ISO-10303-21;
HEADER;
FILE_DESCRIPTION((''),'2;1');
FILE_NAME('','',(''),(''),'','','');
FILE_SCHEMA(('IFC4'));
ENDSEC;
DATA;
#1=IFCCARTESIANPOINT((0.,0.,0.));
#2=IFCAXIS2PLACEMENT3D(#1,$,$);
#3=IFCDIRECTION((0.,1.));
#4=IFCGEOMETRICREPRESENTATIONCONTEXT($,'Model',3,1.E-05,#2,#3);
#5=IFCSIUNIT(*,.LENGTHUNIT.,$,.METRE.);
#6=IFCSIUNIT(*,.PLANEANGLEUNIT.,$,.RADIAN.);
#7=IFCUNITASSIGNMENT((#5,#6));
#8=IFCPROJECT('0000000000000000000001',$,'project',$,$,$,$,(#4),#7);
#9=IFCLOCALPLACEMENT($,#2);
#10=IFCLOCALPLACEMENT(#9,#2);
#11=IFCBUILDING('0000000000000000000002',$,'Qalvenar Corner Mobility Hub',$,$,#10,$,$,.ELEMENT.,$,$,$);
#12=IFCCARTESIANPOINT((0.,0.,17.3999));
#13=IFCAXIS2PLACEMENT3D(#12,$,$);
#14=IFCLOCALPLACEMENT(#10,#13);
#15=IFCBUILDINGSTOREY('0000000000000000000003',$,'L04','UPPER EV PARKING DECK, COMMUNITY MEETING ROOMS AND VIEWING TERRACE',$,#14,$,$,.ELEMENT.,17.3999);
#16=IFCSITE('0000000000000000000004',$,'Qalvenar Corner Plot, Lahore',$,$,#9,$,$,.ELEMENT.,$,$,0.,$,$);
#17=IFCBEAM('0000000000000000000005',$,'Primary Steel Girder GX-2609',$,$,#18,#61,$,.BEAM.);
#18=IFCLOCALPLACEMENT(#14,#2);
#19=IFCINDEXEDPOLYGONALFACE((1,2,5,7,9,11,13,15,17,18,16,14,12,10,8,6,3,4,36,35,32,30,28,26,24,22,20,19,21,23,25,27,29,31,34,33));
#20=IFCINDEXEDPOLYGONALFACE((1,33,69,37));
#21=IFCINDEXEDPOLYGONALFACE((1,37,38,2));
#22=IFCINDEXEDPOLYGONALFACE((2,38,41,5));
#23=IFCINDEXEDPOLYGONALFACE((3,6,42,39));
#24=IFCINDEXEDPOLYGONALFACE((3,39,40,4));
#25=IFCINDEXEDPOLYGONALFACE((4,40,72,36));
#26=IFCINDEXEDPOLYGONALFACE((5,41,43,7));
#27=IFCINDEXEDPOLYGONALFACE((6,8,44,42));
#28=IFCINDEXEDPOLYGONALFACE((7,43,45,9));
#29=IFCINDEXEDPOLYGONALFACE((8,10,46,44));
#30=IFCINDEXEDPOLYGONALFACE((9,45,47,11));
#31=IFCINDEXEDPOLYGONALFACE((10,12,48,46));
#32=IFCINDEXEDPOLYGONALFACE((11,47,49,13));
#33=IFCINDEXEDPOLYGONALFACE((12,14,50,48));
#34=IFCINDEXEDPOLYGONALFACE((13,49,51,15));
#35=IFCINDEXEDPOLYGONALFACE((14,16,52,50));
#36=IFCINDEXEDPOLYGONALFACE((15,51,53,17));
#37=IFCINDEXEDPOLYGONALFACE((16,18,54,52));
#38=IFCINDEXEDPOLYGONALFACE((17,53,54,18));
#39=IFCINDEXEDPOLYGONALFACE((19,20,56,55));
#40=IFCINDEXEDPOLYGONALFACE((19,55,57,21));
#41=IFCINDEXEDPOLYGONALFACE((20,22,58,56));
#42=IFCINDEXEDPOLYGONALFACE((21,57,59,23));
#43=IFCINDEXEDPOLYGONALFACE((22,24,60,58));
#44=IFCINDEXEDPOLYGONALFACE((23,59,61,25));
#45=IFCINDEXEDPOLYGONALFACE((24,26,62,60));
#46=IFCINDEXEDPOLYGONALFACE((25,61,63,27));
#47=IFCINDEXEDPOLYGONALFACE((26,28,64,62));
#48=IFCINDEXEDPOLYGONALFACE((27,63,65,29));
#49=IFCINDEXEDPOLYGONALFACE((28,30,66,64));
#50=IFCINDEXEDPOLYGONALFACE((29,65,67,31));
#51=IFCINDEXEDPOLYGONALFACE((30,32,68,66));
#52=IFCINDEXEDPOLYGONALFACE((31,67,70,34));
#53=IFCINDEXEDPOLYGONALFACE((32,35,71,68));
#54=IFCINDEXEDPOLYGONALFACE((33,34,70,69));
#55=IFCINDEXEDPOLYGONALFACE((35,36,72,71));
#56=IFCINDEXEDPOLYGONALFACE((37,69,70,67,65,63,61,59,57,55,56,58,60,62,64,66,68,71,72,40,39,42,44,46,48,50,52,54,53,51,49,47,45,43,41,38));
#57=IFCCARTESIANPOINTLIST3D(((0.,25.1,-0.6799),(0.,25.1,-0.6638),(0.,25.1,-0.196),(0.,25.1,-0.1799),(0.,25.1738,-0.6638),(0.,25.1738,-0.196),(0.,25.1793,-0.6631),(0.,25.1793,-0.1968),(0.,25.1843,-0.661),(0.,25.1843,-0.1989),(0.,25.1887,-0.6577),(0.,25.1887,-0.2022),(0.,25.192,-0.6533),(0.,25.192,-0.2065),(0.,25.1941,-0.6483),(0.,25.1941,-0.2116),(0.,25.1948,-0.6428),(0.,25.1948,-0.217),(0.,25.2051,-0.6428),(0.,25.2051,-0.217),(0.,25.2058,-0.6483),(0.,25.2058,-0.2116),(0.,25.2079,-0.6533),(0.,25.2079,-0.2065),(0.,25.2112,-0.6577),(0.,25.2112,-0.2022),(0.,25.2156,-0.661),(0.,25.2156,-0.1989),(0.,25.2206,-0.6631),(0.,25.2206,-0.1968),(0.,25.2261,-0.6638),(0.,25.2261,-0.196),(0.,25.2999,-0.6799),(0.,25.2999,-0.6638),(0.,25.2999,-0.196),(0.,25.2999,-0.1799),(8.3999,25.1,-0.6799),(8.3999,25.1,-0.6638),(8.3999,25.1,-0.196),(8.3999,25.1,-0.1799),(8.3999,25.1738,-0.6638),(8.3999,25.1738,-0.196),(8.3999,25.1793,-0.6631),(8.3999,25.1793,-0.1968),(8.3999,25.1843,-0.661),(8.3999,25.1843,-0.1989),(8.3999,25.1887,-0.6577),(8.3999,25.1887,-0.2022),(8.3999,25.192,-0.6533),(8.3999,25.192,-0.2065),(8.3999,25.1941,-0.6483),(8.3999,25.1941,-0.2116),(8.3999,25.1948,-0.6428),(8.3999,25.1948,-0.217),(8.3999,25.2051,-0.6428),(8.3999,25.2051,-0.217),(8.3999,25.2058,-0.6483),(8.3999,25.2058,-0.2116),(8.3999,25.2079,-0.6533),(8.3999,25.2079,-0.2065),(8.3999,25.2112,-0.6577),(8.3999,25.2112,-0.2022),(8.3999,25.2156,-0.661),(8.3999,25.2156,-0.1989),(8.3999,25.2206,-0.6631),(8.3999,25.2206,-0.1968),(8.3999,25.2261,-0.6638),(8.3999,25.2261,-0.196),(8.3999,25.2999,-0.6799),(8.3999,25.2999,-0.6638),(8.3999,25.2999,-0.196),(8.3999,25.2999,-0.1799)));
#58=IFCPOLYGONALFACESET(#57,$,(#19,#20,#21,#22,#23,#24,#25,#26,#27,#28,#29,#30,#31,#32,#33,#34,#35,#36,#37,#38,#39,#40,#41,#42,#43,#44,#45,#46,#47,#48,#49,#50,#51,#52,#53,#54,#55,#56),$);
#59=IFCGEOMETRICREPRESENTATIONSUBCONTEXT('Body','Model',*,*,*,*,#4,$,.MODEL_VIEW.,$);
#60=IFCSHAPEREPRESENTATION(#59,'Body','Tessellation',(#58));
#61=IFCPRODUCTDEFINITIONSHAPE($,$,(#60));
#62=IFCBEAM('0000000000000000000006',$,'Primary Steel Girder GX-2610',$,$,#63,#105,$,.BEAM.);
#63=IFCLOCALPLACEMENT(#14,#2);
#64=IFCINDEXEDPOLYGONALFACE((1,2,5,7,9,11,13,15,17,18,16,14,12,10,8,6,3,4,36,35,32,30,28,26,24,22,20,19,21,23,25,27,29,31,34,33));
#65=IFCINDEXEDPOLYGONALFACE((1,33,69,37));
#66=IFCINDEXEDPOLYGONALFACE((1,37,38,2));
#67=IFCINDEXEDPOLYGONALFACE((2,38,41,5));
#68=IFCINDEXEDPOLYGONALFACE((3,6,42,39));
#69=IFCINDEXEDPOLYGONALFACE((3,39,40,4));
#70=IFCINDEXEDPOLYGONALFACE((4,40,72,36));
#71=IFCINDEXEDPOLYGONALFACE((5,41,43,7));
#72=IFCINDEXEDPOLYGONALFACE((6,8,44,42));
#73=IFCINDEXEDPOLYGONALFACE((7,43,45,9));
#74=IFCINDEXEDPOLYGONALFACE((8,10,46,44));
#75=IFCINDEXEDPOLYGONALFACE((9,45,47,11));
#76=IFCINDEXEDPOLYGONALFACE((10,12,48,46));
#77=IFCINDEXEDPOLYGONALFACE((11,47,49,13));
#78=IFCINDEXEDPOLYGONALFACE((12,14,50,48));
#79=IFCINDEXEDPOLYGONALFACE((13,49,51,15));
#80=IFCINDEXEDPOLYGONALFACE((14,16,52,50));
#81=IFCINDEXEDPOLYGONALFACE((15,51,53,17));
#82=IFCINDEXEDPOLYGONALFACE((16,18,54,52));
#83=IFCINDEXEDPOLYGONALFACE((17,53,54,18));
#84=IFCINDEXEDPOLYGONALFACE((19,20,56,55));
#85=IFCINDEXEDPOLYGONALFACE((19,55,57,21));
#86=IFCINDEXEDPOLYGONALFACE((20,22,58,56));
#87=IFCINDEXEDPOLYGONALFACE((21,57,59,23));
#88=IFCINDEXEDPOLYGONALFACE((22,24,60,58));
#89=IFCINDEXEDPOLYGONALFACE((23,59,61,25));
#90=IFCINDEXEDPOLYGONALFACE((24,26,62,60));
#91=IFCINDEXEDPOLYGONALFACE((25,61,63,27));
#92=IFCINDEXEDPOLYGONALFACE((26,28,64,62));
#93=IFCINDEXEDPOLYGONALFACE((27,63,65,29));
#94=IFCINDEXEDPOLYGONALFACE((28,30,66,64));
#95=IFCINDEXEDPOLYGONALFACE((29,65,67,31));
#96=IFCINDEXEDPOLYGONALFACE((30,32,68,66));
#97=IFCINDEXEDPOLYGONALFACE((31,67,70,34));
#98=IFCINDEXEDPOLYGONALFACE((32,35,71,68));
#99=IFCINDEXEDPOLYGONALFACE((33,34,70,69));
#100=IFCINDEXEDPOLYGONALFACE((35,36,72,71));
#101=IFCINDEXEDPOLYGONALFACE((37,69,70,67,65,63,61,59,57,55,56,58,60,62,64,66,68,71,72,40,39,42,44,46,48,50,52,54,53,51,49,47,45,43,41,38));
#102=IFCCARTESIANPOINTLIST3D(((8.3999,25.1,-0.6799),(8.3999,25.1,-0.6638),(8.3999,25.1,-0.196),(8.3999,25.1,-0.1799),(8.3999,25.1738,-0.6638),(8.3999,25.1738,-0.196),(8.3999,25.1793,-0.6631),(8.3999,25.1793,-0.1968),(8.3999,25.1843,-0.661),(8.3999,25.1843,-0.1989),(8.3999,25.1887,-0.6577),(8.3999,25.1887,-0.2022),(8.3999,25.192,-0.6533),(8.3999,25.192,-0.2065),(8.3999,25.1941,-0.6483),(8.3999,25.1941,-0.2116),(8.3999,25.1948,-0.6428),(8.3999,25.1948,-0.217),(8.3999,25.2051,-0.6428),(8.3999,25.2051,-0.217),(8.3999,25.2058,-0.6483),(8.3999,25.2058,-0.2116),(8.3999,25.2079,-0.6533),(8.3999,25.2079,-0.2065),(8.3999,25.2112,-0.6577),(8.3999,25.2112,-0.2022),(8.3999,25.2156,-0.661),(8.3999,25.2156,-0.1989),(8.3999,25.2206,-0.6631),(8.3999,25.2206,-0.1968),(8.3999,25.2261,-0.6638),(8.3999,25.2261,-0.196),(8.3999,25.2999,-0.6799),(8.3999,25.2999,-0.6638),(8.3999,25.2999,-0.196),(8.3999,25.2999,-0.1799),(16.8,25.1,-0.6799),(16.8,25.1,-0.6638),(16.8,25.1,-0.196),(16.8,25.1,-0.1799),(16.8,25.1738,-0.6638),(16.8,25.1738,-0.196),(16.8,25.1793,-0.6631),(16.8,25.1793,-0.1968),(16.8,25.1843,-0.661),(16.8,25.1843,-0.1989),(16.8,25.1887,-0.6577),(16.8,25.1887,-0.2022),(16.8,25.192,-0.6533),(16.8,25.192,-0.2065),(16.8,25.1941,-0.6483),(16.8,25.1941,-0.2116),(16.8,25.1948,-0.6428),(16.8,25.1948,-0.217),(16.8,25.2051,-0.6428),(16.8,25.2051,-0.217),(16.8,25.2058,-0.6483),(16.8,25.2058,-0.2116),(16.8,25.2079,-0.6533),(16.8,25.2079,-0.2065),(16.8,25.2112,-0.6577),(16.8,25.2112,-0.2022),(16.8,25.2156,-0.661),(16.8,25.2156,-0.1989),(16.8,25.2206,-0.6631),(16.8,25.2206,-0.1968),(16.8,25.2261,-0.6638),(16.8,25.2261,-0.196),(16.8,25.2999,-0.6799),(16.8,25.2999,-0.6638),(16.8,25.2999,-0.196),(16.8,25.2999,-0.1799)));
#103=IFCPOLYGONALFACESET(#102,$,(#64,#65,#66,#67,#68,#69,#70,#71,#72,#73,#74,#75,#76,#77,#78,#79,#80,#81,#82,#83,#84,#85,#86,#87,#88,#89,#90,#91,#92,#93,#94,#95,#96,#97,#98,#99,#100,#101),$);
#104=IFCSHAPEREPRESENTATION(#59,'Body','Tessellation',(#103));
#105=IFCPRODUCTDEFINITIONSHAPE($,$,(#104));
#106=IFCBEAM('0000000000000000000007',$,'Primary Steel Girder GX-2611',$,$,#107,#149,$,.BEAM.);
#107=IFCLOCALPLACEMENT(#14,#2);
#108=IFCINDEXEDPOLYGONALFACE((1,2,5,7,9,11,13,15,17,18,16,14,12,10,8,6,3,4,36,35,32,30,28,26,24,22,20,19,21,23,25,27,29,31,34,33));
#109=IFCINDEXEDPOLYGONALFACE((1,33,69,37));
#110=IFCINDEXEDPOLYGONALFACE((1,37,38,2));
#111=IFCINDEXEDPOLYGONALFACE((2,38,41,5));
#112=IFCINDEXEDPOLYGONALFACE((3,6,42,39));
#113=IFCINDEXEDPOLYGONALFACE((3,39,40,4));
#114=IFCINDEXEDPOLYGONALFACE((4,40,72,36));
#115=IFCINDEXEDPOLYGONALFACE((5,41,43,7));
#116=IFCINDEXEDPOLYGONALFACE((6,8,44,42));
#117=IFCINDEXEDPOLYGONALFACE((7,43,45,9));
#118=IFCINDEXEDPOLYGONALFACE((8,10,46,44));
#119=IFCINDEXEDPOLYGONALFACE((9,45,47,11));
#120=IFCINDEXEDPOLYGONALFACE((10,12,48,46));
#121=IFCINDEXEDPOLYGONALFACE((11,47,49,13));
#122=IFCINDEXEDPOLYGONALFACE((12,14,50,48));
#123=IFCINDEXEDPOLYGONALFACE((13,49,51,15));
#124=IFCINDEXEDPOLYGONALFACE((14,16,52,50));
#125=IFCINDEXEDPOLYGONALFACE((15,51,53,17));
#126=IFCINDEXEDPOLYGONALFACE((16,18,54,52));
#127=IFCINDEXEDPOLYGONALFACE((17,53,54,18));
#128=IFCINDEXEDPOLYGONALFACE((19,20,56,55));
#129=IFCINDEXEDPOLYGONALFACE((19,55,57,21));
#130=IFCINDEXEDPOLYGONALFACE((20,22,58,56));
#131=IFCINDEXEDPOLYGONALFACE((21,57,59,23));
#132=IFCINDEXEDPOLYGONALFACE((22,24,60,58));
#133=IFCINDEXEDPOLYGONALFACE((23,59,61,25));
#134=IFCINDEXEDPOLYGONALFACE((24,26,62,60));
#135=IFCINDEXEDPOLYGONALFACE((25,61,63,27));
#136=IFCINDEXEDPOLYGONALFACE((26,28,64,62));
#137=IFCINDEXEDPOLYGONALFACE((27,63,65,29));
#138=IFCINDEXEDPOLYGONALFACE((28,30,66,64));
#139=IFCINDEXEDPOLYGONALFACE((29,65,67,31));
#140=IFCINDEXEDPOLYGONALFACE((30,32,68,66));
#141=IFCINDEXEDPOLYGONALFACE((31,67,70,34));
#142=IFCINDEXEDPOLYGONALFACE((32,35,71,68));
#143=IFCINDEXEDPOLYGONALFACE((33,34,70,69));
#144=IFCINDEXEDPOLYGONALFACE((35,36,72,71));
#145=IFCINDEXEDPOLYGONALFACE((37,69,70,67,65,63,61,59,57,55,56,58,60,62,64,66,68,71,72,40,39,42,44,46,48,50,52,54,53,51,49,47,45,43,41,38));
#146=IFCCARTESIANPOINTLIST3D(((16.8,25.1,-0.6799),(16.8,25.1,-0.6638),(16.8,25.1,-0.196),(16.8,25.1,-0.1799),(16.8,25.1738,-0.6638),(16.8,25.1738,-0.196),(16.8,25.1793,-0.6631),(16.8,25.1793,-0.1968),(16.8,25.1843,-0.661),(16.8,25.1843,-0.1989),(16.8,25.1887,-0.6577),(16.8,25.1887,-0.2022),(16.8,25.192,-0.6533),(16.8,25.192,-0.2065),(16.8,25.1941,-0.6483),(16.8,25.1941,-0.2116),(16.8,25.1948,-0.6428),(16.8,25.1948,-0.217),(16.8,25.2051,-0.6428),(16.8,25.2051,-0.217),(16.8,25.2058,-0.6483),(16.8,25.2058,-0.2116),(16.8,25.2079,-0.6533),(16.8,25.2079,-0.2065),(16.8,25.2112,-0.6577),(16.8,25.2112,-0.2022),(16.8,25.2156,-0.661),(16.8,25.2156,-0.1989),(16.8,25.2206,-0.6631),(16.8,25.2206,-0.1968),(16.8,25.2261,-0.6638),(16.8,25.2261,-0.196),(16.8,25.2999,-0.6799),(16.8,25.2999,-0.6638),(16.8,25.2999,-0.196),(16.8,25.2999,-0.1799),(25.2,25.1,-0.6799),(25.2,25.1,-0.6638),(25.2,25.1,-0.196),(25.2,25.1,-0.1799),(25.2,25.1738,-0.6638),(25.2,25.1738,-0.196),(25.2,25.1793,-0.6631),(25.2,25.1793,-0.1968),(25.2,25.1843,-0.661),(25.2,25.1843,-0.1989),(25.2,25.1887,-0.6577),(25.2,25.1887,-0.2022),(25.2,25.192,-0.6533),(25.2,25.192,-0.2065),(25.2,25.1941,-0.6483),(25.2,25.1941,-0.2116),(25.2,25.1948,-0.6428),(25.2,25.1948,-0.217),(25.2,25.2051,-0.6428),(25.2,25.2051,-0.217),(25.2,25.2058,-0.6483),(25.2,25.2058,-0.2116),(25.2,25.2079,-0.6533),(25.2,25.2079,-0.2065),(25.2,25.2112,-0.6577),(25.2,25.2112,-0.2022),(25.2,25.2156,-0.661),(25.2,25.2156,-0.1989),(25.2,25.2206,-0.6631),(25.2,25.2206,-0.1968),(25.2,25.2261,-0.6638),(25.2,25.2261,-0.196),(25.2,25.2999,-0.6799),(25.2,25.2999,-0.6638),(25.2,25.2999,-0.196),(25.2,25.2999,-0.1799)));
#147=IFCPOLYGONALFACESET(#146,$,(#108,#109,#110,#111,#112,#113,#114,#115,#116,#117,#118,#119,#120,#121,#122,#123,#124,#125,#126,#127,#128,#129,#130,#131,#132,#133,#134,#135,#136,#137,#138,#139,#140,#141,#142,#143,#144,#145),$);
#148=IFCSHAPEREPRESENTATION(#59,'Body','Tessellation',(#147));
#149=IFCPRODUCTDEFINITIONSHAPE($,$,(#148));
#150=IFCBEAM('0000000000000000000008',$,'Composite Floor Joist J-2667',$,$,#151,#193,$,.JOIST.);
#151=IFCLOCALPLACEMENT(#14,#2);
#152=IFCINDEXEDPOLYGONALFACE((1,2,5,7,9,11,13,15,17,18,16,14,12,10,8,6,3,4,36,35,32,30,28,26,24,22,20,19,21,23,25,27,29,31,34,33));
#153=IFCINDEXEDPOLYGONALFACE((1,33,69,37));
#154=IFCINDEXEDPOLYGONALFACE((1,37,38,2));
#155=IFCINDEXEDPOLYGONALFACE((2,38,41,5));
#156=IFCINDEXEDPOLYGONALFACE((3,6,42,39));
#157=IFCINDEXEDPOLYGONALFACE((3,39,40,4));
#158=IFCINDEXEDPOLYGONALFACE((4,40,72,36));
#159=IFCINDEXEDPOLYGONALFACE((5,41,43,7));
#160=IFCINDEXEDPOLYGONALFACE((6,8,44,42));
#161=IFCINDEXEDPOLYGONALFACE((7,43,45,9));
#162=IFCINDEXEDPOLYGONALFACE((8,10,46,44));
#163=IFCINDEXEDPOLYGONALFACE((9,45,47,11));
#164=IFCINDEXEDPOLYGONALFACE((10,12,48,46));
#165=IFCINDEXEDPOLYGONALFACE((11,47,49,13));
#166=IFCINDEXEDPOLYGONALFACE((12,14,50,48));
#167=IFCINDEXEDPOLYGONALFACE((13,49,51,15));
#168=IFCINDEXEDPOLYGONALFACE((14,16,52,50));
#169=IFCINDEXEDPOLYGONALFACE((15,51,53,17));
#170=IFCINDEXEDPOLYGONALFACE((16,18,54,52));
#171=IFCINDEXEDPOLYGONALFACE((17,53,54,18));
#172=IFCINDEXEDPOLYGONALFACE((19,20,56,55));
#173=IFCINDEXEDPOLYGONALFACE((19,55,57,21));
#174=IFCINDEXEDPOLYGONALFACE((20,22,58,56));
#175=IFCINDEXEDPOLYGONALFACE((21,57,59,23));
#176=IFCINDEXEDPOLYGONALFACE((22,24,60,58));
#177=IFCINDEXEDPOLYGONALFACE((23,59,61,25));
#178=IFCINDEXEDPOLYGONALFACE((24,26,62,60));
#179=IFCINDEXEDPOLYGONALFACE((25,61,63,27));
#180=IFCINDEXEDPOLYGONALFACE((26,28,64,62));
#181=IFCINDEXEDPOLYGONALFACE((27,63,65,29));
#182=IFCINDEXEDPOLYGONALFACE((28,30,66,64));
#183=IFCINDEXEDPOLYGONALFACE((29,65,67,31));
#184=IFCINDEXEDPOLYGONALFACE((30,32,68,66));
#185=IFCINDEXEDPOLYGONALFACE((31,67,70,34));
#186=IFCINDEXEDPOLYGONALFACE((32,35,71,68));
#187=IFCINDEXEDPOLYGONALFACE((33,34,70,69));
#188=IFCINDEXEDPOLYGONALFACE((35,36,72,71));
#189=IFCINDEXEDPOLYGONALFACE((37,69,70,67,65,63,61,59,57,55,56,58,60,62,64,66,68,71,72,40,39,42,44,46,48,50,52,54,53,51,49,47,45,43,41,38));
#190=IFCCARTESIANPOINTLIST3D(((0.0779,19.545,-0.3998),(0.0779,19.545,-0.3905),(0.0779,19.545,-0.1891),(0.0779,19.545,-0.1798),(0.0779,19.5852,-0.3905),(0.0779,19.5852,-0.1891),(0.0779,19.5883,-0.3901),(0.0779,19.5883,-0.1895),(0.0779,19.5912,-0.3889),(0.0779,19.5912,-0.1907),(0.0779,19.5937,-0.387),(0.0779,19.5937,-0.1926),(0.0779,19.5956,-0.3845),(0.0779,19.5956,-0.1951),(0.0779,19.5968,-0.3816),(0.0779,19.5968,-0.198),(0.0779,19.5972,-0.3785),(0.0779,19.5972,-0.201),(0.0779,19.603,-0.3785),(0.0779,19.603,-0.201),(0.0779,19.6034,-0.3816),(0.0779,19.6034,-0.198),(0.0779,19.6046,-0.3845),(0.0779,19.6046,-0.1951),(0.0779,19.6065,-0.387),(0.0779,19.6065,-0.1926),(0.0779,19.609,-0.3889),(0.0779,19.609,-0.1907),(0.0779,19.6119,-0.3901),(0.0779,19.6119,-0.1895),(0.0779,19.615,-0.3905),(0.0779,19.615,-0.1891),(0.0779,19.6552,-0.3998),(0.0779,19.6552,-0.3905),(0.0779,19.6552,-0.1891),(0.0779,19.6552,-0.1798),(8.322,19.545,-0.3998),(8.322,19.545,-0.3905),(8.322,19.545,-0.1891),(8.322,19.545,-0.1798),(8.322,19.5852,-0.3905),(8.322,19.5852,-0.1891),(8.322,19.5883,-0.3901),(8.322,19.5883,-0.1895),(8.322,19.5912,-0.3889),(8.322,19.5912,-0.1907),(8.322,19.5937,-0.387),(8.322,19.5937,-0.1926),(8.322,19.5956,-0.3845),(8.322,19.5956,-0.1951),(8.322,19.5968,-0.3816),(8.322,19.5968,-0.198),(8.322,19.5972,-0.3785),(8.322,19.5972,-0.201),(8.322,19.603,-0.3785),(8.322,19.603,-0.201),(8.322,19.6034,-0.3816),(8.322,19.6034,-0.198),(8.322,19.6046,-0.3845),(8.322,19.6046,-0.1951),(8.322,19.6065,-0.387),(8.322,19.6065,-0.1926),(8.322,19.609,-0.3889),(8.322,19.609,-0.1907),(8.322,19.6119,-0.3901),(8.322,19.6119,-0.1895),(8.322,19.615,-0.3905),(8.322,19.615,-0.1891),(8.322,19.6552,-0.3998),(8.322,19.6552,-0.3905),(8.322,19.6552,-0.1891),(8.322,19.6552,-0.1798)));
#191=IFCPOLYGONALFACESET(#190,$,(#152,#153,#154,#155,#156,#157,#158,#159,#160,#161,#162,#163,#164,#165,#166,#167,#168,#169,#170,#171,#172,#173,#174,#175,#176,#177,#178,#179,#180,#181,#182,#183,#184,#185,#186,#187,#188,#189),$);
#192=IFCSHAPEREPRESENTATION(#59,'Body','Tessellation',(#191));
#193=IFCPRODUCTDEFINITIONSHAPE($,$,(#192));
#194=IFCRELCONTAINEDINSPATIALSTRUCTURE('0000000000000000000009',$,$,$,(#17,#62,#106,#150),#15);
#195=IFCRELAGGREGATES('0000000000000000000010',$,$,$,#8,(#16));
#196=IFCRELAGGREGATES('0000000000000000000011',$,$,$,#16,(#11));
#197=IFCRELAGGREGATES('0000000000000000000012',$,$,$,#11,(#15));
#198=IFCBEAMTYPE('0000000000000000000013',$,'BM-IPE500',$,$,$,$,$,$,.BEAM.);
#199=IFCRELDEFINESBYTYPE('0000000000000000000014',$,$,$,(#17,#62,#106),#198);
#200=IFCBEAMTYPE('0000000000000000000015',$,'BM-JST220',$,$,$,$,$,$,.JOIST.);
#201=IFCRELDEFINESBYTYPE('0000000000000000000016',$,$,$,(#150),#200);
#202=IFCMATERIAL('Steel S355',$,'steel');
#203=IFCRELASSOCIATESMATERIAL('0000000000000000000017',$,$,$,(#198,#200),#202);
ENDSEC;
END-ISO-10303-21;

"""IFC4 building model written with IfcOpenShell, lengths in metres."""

from ifc_helpers import new_model, si_unit, direction, frame, origin, origin_2d, place, context, subcontext, project, spatial, i_section, extrude, material, material_profile, profile_set, type_object, element, save


model = new_model("IFC4")

# Units and contexts
model_context = context("Model", 3, precision=1e-05, world=origin(), true_north=direction((0.0, 1.0)))
body_context = subcontext(model_context, "Body", "Model", "MODEL_VIEW")
ifc_project = project(units=[si_unit("LENGTHUNIT", "METRE"), si_unit("PLANEANGLEUNIT", "RADIAN")], contexts=[model_context])

# Site, building, storey
site_placement = place(None, origin())
site = spatial("IfcSite", under=ifc_project, at=site_placement, Name="Qalvenar Corner Plot, Lahore", CompositionType="ELEMENT", RefElevation=0.0)
building_placement = place(site_placement, origin())
building = spatial("IfcBuilding", under=site, at=building_placement, Name="Qalvenar Corner Mobility Hub", CompositionType="ELEMENT")
storey_placement = place(building_placement, frame((0.0, 0.0, 17.3999)))
storey = spatial("IfcBuildingStorey", under=building, at=storey_placement, Name="L04", Description="UPPER EV PARKING DECK, COMMUNITY MEETING ROOMS AND VIEWING TERRACE", CompositionType="ELEMENT", Elevation=17.3999)

# Shared definitions
ifc_material_1 = material(Name="Steel S355", Category="steel")

# Beams
ifc_material_profile_1 = material_profile(ifc_material_1, i_section(OverallWidth=0.2, OverallDepth=0.5, WebThickness=0.0103, FlangeThickness=0.0161, FilletRadius=0.021, at=origin_2d()), Name="IPE500")
ifc_profile_set_1 = profile_set([ifc_material_profile_1], Name="Steel S355")
beam_type_1 = type_object("IfcBeamType", Name="BM-IPE500", PredefinedType="BEAM", material=ifc_profile_set_1)
beam_1_placement = place(storey_placement, frame((0.0, 25.2, -0.4299), z_axis=(1.0, 0.0, 0.0), x_axis=(0.0, 1.0, 0.0)))
element("IfcBeam", 1, at=beam_1_placement, inside=storey, type_object=beam_type_1, Name="Primary Steel Girder GX-2609", PredefinedType="BEAM", context=body_context, shape_type="SweptSolid", body=[
    extrude(i_section(OverallWidth=0.2, OverallDepth=0.5, WebThickness=0.0103, FlangeThickness=0.0161, FilletRadius=0.021, at=origin_2d()), origin(), (0.0, 0.0, 1.0), 8.3999),
])
beam_2_placement = place(storey_placement, frame((8.3999, 25.2, -0.4299), z_axis=(1.0, 0.0, 0.0), x_axis=(0.0, 1.0, 0.0)))
element("IfcBeam", 2, at=beam_2_placement, inside=storey, type_object=beam_type_1, Name="Primary Steel Girder GX-2610", PredefinedType="BEAM", context=body_context, shape_type="SweptSolid", body=[
    extrude(i_section(OverallWidth=0.2, OverallDepth=0.5, WebThickness=0.0103, FlangeThickness=0.0161, FilletRadius=0.021, at=origin_2d()), origin(), (0.0, 0.0, 1.0), 8.4001),
])
beam_3_placement = place(storey_placement, frame((16.8, 25.2, -0.4299), z_axis=(1.0, 0.0, 0.0), x_axis=(0.0, 1.0, 0.0)))
element("IfcBeam", 3, at=beam_3_placement, inside=storey, type_object=beam_type_1, Name="Primary Steel Girder GX-2611", PredefinedType="BEAM", context=body_context, shape_type="SweptSolid", body=[
    extrude(i_section(OverallWidth=0.2, OverallDepth=0.5, WebThickness=0.0103, FlangeThickness=0.0161, FilletRadius=0.021, at=origin_2d()), origin(), (0.0, 0.0, 1.0), 8.3999),
])
ifc_material_profile_2 = material_profile(ifc_material_1, i_section(OverallWidth=0.1101, OverallDepth=0.22, WebThickness=0.0059, FlangeThickness=0.0093, FilletRadius=0.012, at=origin_2d()), Name="IPE220")
ifc_profile_set_2 = profile_set([ifc_material_profile_2], Name="Steel S355")
beam_type_2 = type_object("IfcBeamType", Name="BM-JST220", PredefinedType="JOIST", material=ifc_profile_set_2)
for number, where, z_axis, x_axis, name in (
    (4, (0.0779, 19.6001, -0.2898), (1.0, 0.0, 0.0), (0.0, 1.0, 0.0), "Composite Floor Joist J-2667"),
):
    element("IfcBeam", number, at=place(storey_placement, frame(where, z_axis=z_axis, x_axis=x_axis)), inside=storey, type_object=beam_type_2, Name=name, PredefinedType="JOIST", context=body_context, shape_type="SweptSolid", body=[
        extrude(i_section(OverallWidth=0.1101, OverallDepth=0.22, WebThickness=0.0059, FlangeThickness=0.0093, FilletRadius=0.012, at=origin_2d()), origin(), (0.0, 0.0, 1.0), 8.2441),
    ])

save(model, "model.ifc")
